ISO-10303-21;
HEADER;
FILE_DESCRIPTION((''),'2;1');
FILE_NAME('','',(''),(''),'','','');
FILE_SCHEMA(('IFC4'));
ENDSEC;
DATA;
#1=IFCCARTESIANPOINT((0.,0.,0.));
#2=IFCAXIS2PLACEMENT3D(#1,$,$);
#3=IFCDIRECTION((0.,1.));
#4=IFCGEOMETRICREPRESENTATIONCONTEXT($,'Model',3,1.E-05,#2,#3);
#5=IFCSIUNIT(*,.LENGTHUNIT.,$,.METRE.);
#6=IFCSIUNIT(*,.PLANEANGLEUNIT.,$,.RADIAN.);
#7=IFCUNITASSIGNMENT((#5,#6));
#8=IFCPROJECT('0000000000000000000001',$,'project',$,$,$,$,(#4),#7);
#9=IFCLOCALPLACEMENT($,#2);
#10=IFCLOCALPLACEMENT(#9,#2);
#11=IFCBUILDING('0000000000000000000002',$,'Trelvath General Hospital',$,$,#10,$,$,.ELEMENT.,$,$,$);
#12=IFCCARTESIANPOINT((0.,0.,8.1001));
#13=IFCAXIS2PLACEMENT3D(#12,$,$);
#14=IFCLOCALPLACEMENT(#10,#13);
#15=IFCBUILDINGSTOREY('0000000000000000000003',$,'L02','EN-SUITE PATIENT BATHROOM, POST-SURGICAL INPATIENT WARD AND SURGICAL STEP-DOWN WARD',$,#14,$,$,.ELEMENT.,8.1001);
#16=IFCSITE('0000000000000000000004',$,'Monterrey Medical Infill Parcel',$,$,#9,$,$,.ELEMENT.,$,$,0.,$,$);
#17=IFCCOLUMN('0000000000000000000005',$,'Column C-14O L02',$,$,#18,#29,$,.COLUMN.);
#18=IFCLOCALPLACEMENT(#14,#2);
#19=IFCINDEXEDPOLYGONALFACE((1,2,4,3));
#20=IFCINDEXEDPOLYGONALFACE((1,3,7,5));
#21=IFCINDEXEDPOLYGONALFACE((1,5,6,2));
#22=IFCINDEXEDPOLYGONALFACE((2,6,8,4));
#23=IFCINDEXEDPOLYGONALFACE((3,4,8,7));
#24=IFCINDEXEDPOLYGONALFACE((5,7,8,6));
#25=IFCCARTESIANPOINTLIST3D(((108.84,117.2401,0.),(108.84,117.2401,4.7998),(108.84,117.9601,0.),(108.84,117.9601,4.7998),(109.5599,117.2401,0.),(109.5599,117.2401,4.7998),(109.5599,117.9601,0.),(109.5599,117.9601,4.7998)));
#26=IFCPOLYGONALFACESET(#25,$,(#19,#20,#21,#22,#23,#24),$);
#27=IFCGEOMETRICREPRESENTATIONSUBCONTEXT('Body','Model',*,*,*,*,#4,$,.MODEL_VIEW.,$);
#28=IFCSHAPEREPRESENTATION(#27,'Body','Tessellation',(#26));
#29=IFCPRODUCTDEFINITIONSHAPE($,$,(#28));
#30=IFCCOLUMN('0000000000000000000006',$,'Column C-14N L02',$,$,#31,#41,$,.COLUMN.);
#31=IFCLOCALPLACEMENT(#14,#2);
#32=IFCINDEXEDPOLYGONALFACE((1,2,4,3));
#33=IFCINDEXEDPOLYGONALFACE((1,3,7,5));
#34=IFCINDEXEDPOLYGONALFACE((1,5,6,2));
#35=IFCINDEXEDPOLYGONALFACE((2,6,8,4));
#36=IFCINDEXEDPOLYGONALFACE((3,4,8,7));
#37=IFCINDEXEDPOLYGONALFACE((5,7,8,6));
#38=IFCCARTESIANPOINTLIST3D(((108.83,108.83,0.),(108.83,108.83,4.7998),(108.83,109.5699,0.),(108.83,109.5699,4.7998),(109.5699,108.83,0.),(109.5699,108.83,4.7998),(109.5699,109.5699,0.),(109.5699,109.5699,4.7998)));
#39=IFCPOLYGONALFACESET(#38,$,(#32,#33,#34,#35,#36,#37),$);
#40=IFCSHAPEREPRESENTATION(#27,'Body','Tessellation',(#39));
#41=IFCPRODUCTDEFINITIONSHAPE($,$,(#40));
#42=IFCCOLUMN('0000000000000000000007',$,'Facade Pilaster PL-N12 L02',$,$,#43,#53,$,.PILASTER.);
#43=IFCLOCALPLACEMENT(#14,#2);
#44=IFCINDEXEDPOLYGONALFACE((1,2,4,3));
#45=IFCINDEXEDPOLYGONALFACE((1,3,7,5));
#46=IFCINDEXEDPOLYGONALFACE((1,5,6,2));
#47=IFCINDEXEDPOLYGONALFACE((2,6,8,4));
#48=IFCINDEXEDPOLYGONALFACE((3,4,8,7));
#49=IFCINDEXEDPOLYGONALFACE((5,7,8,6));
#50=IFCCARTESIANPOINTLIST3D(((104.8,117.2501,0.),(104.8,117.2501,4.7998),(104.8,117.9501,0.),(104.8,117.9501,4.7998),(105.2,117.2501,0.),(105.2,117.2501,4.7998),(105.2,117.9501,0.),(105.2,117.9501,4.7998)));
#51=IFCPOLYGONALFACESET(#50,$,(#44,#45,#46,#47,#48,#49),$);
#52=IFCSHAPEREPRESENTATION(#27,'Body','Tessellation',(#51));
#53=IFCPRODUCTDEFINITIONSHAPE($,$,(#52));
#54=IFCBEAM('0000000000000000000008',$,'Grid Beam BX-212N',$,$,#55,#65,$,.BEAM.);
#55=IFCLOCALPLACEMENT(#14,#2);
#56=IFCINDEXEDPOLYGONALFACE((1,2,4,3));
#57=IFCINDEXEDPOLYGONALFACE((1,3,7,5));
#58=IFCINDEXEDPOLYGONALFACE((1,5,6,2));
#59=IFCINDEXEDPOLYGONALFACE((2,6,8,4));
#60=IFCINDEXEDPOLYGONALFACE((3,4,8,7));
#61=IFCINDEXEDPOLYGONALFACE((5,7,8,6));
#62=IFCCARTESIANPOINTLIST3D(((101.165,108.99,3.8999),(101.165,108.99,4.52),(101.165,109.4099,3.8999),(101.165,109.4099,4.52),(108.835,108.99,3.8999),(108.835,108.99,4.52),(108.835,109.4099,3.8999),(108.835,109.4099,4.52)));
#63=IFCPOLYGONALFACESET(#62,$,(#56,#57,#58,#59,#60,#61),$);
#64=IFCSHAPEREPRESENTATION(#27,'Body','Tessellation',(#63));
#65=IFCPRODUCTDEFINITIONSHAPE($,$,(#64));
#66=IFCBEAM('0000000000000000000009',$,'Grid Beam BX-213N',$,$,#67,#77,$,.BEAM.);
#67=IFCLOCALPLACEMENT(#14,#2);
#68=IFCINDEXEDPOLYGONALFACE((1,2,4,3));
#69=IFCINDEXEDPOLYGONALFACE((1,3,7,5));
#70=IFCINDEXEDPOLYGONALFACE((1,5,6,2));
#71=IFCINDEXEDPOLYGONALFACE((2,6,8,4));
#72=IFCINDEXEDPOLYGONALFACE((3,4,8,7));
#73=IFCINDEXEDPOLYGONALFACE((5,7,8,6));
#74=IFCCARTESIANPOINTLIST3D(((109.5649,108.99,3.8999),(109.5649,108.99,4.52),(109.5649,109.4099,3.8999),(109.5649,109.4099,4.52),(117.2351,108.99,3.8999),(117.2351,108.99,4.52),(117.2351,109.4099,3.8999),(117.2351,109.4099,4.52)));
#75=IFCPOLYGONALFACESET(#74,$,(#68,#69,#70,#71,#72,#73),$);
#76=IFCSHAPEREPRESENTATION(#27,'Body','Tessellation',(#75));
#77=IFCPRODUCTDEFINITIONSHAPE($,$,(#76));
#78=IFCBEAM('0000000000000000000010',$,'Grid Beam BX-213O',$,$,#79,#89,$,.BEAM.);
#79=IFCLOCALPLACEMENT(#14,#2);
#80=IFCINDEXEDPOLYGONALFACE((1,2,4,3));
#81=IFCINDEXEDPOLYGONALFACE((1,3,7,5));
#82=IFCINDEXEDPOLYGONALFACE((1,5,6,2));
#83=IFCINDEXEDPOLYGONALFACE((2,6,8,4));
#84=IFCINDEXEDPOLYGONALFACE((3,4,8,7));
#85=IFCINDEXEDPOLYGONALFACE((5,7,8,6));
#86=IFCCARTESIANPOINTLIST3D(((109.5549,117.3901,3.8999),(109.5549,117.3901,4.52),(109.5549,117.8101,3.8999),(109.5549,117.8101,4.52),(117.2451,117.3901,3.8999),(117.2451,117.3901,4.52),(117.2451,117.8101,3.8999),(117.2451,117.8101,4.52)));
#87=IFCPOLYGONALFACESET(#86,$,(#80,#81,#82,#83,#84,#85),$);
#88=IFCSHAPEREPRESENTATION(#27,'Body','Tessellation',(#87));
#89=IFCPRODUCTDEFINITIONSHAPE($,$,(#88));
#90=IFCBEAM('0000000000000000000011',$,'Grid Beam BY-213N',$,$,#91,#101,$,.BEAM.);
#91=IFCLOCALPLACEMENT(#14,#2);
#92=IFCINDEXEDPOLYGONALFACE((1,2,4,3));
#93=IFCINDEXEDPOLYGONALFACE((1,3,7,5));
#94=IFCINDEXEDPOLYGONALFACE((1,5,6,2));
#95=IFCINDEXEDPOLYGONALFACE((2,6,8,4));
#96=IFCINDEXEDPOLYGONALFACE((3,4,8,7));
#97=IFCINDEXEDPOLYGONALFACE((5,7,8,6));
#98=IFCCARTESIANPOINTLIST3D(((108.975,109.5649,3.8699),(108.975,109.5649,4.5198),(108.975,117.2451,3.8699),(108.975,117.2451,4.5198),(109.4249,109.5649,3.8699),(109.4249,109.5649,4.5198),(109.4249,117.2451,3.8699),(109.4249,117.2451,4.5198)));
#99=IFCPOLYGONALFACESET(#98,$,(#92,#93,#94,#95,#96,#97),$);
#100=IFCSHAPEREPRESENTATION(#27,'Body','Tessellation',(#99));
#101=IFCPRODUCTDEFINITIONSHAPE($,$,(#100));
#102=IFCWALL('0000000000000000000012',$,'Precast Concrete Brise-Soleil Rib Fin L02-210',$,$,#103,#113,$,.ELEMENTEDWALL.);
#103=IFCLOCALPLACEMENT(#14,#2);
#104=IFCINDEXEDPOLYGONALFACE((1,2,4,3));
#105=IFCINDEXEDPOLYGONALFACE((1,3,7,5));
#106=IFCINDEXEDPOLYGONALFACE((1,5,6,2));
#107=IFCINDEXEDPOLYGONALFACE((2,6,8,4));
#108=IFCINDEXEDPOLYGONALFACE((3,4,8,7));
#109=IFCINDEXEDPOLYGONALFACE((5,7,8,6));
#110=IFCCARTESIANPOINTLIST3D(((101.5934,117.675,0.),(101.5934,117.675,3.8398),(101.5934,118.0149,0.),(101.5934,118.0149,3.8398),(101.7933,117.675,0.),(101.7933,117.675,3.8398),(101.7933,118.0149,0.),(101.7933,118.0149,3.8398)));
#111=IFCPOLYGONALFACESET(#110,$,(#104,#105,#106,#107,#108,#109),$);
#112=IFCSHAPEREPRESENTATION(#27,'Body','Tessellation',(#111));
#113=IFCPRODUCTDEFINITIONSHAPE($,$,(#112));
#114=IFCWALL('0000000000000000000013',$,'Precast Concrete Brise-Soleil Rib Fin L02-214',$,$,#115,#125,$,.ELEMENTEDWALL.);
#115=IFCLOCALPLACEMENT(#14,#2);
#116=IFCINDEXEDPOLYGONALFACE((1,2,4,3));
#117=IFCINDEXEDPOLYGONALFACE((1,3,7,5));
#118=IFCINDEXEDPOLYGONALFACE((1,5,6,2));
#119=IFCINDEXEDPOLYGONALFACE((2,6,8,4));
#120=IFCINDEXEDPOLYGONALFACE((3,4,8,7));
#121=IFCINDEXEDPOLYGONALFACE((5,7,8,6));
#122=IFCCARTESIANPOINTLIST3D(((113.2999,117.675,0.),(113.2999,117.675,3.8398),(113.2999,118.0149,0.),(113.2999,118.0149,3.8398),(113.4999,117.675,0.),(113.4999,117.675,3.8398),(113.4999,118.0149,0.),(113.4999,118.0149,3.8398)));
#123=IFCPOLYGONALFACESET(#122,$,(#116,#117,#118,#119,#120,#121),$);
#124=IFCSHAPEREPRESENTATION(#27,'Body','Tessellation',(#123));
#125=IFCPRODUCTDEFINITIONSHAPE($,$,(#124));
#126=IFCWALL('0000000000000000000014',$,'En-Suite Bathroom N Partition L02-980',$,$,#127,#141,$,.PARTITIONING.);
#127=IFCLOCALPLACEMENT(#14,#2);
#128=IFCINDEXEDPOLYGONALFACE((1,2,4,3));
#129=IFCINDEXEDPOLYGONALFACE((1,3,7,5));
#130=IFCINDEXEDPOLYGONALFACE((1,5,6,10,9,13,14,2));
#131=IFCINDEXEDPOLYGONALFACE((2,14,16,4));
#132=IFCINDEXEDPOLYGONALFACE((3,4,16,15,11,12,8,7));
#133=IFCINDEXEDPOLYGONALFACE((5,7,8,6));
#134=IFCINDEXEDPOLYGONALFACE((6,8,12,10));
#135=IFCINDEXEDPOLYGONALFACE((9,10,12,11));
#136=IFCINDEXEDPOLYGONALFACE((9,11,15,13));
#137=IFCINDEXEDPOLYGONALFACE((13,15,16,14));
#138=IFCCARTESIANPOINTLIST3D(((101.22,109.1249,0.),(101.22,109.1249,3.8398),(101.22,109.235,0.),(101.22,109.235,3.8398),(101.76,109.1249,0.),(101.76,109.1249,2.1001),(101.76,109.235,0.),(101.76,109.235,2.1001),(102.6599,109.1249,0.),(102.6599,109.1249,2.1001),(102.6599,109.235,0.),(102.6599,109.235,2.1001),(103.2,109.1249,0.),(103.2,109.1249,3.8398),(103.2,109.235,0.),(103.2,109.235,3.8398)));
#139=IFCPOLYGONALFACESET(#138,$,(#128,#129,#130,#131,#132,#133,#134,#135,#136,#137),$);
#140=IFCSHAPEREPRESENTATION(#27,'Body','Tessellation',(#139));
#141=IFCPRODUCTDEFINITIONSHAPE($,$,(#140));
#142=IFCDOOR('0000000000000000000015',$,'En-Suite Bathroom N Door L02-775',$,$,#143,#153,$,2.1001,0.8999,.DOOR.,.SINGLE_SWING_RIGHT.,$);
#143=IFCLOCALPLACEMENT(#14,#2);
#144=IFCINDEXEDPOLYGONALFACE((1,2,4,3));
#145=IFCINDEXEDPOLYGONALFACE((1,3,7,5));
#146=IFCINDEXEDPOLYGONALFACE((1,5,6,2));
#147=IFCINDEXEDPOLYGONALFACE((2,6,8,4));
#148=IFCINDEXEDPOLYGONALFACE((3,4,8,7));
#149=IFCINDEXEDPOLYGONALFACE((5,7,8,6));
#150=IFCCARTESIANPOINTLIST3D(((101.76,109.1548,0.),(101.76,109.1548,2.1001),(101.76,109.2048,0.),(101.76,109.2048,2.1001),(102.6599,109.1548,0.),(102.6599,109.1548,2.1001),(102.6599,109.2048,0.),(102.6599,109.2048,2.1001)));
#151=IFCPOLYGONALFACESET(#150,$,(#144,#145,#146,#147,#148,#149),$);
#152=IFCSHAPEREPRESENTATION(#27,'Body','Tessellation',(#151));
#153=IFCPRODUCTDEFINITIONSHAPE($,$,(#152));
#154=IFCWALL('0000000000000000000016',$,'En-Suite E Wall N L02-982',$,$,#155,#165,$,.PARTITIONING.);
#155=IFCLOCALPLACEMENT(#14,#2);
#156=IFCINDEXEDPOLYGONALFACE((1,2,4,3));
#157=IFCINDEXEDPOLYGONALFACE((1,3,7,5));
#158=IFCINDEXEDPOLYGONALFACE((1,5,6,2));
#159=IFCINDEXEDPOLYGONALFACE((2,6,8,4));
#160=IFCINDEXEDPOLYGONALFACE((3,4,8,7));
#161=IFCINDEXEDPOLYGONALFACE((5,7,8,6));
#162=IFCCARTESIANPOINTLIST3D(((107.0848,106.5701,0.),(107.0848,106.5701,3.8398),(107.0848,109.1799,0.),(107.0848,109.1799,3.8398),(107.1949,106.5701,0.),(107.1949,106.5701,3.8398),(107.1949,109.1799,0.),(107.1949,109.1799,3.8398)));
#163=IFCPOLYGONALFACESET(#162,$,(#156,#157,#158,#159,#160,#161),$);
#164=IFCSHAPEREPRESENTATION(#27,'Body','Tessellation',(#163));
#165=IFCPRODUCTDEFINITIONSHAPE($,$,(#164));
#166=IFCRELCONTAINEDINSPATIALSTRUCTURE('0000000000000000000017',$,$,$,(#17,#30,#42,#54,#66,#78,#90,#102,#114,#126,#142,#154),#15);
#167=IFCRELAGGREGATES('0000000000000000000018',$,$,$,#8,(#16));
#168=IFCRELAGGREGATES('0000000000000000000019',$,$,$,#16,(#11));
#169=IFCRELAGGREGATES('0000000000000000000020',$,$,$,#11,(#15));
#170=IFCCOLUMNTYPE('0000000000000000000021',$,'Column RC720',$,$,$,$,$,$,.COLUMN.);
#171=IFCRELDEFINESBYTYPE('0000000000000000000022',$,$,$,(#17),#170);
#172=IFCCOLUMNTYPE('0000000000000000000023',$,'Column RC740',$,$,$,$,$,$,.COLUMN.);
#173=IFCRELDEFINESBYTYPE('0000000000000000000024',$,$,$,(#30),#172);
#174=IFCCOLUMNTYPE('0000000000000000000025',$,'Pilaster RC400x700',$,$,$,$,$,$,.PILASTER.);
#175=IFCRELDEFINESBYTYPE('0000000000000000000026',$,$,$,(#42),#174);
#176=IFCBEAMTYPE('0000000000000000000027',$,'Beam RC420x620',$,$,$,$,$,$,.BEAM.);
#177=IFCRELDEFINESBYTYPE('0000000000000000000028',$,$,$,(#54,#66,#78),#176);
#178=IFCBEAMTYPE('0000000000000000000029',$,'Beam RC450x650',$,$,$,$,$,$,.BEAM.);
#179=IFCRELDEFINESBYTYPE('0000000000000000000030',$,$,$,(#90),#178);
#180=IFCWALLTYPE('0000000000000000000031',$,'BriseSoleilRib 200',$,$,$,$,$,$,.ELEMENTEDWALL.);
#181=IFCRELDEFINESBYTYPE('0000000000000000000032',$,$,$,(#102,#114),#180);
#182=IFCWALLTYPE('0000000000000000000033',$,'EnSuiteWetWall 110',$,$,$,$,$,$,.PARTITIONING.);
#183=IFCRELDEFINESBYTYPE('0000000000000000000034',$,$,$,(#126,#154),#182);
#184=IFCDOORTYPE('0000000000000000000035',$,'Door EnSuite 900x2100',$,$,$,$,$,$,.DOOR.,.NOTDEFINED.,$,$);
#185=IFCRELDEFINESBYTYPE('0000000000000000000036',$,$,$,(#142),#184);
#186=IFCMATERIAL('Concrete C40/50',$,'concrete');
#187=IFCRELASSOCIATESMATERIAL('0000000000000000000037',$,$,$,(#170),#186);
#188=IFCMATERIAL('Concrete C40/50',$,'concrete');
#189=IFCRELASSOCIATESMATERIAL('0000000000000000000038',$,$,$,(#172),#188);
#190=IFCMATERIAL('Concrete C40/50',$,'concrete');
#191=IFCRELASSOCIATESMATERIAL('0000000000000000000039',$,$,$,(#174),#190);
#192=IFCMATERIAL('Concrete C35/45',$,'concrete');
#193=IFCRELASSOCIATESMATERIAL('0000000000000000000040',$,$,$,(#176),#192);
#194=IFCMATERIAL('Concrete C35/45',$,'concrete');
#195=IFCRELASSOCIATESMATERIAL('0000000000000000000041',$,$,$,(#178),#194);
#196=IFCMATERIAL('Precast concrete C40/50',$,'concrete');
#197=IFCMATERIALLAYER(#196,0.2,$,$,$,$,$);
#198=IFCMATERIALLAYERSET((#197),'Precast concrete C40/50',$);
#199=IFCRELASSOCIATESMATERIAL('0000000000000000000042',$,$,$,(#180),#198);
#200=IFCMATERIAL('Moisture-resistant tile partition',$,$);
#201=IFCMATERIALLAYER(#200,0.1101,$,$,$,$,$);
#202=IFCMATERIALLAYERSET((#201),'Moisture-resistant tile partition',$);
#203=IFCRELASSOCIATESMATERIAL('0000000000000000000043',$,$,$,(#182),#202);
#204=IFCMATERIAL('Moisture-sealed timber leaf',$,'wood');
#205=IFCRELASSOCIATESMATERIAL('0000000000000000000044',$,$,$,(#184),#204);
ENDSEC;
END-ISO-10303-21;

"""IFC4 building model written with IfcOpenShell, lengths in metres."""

from ifc_helpers import new_model, si_unit, direction, frame, frame_2d, origin, origin_2d, place, context, subcontext, project, spatial, rectangle, extrude, material, layer, layer_set, material_profile, profile_set, type_object, element, fill, save


model = new_model("IFC4")

# Units and contexts
model_context = context("Model", 3, precision=1e-05, world=origin(), true_north=direction((0.0, 1.0)))
body_context = subcontext(model_context, "Body", "Model", "MODEL_VIEW")
ifc_project = project(units=[si_unit("LENGTHUNIT", "METRE"), si_unit("PLANEANGLEUNIT", "RADIAN")], contexts=[model_context])

# Site, building, storey
site_placement = place(None, origin())
site = spatial("IfcSite", under=ifc_project, at=site_placement, Name="Monterrey Medical Infill Parcel", CompositionType="ELEMENT", RefElevation=0.0)
building_placement = place(site_placement, origin())
building = spatial("IfcBuilding", under=site, at=building_placement, Name="Trelvath General Hospital", CompositionType="ELEMENT")
storey_placement = place(building_placement, frame((0.0, 0.0, 8.1001)))
storey = spatial("IfcBuildingStorey", under=building, at=storey_placement, Name="L02", Description="EN-SUITE PATIENT BATHROOM, POST-SURGICAL INPATIENT WARD AND SURGICAL STEP-DOWN WARD", CompositionType="ELEMENT", Elevation=8.1001)

# Columns
ifc_material_1 = material(Name="Concrete C40/50", Category="concrete")
ifc_material_profile_1 = material_profile(ifc_material_1, rectangle(XDim=0.72, YDim=0.72, at=origin_2d()), Name="RC720x720")
ifc_profile_set_1 = profile_set([ifc_material_profile_1], Name="Concrete C40/50")
column_type_1 = type_object("IfcColumnType", Name="Column RC720", PredefinedType="COLUMN", material=ifc_profile_set_1)
column_1_placement = place(storey_placement, frame((109.2, 117.6001, 0.0), z_axis=(0.0, 0.0, 1.0), x_axis=(1.0, 0.0, 0.0)))
element("IfcColumn", 1, at=column_1_placement, inside=storey, type_object=column_type_1, Name="Column C-14O L02", PredefinedType="COLUMN", context=body_context, shape_type="SweptSolid", body=[
    extrude(rectangle(XDim=0.72, YDim=0.72, at=origin_2d()), origin(), (0.0, 0.0, 1.0), 4.7998),
])
ifc_material_2 = material(Name="Concrete C40/50", Category="concrete")
ifc_material_profile_2 = material_profile(ifc_material_2, rectangle(XDim=0.74, YDim=0.74, at=origin_2d()), Name="RC740x740")
ifc_profile_set_2 = profile_set([ifc_material_profile_2], Name="Concrete C40/50")
column_type_2 = type_object("IfcColumnType", Name="Column RC740", PredefinedType="COLUMN", material=ifc_profile_set_2)
column_2_placement = place(storey_placement, frame((109.2, 109.2, 0.0), z_axis=(0.0, 0.0, 1.0), x_axis=(1.0, 0.0, 0.0)))
element("IfcColumn", 2, at=column_2_placement, inside=storey, type_object=column_type_2, Name="Column C-14N L02", PredefinedType="COLUMN", context=body_context, shape_type="SweptSolid", body=[
    extrude(rectangle(XDim=0.74, YDim=0.74, at=origin_2d()), origin(), (0.0, 0.0, 1.0), 4.7998),
])
ifc_material_3 = material(Name="Concrete C40/50", Category="concrete")
ifc_material_profile_3 = material_profile(ifc_material_3, rectangle(XDim=0.3999, YDim=0.7, at=origin_2d()), Name="RC400x700")
ifc_profile_set_3 = profile_set([ifc_material_profile_3], Name="Concrete C40/50")
column_type_3 = type_object("IfcColumnType", Name="Pilaster RC400x700", PredefinedType="PILASTER", material=ifc_profile_set_3)
column_3_placement = place(storey_placement, frame((105.0, 117.6001, 0.0), z_axis=(0.0, 0.0, 1.0), x_axis=(1.0, 0.0, 0.0)))
element("IfcColumn", 3, at=column_3_placement, inside=storey, type_object=column_type_3, Name="Facade Pilaster PL-N12 L02", PredefinedType="PILASTER", context=body_context, shape_type="SweptSolid", body=[
    extrude(rectangle(XDim=0.3999, YDim=0.7, at=origin_2d()), origin(), (0.0, 0.0, 1.0), 4.7998),
])

# Beams
ifc_material_4 = material(Name="Concrete C35/45", Category="concrete")
ifc_material_profile_4 = material_profile(ifc_material_4, rectangle(XDim=0.4199, YDim=0.6201, at=origin_2d()), Name="RCB420x620")
ifc_profile_set_4 = profile_set([ifc_material_profile_4], Name="Concrete C35/45")
beam_type_1 = type_object("IfcBeamType", Name="Beam RC420x620", PredefinedType="BEAM", material=ifc_profile_set_4)
beam_1_placement = place(storey_placement, frame((101.165, 109.2, 4.21), z_axis=(1.0, 0.0, 0.0), x_axis=(0.0, 1.0, 0.0)))
element("IfcBeam", 4, at=beam_1_placement, inside=storey, type_object=beam_type_1, Name="Grid Beam BX-212N", PredefinedType="BEAM", context=body_context, shape_type="SweptSolid", body=[
    extrude(rectangle(XDim=0.4199, YDim=0.6201, at=origin_2d()), origin(), (0.0, 0.0, 1.0), 7.6699),
])
beam_2_placement = place(storey_placement, frame((109.5649, 109.2, 4.21), z_axis=(1.0, 0.0, 0.0), x_axis=(0.0, 1.0, 0.0)))
element("IfcBeam", 5, at=beam_2_placement, inside=storey, type_object=beam_type_1, Name="Grid Beam BX-213N", PredefinedType="BEAM", context=body_context, shape_type="SweptSolid", body=[
    extrude(rectangle(XDim=0.4199, YDim=0.6201, at=origin_2d()), origin(), (0.0, 0.0, 1.0), 7.6702),
])
beam_3_placement = place(storey_placement, frame((109.5549, 117.6001, 4.21), z_axis=(1.0, 0.0, 0.0), x_axis=(0.0, 1.0, 0.0)))
element("IfcBeam", 6, at=beam_3_placement, inside=storey, type_object=beam_type_1, Name="Grid Beam BX-213O", PredefinedType="BEAM", context=body_context, shape_type="SweptSolid", body=[
    extrude(rectangle(XDim=0.4199, YDim=0.6201, at=origin_2d()), origin(), (0.0, 0.0, 1.0), 7.6902),
])
ifc_material_5 = material(Name="Concrete C35/45", Category="concrete")
ifc_material_profile_5 = material_profile(ifc_material_5, rectangle(XDim=0.45, YDim=0.6499, at=origin_2d()), Name="RCB450x650")
ifc_profile_set_5 = profile_set([ifc_material_profile_5], Name="Concrete C35/45")
beam_type_2 = type_object("IfcBeamType", Name="Beam RC450x650", PredefinedType="BEAM", material=ifc_profile_set_5)
beam_4_placement = place(storey_placement, frame((109.2, 109.5649, 4.1948), z_axis=(0.0, 1.0, 0.0), x_axis=(-1.0, 0.0, 0.0)))
element("IfcBeam", 7, at=beam_4_placement, inside=storey, type_object=beam_type_2, Name="Grid Beam BY-213N", PredefinedType="BEAM", context=body_context, shape_type="SweptSolid", body=[
    extrude(rectangle(XDim=0.45, YDim=0.6499, at=origin_2d()), origin(), (0.0, 0.0, 1.0), 7.6802),
])

# Walls
ifc_material_6 = material(Name="Precast concrete C40/50", Category="concrete")
ifc_layer_1 = layer(ifc_material_6, 0.2)
ifc_layer_set_1 = layer_set([ifc_layer_1], Name="Precast concrete C40/50")
wall_type_1 = type_object("IfcWallType", Name="BriseSoleilRib 200", PredefinedType="ELEMENTEDWALL", material=ifc_layer_set_1)
for number, where, z_axis, x_axis, name in (
    (8, (101.6934, 117.675, 0.0), (0.0, 0.0, 1.0), (0.0, 1.0, 0.0), "Precast Concrete Brise-Soleil Rib Fin L02-210"),
    (9, (113.3999, 117.675, 0.0), (0.0, 0.0, 1.0), (0.0, 1.0, 0.0), "Precast Concrete Brise-Soleil Rib Fin L02-214"),
):
    element("IfcWall", number, at=place(storey_placement, frame(where, z_axis=z_axis, x_axis=x_axis)), inside=storey, type_object=wall_type_1, Name=name, PredefinedType="ELEMENTEDWALL", context=body_context, shape_type="SweptSolid", body=[
        extrude(rectangle(XDim=0.3398, YDim=0.2, at=frame_2d((0.1699, 0.0))), origin(), (0.0, 0.0, 1.0), 3.8398),
    ])

# Wall, opening, door
ifc_material_7 = material(Name="Moisture-resistant tile partition")
ifc_layer_2 = layer(ifc_material_7, 0.1101)
ifc_layer_set_2 = layer_set([ifc_layer_2], Name="Moisture-resistant tile partition")
wall_type_2 = type_object("IfcWallType", Name="EnSuiteWetWall 110", PredefinedType="PARTITIONING", material=ifc_layer_set_2)
wall_1_placement = place(storey_placement, frame((101.22, 109.1799, 0.0), z_axis=(0.0, 0.0, 1.0), x_axis=(1.0, 0.0, 0.0)))
wall_1 = element("IfcWall", 10, at=wall_1_placement, inside=storey, type_object=wall_type_2, Name="En-Suite Bathroom N Partition L02-980", PredefinedType="PARTITIONING", context=body_context, shape_type="SweptSolid", body=[
    extrude(rectangle(XDim=1.98, YDim=0.1101, at=frame_2d((0.99, 0.0))), origin(), (0.0, 0.0, 1.0), 3.8398),
])
opening_1_placement = place(wall_1_placement, frame((0.54, 0.0, 0.0)))
opening_1 = element("IfcOpeningElement", 11, at=opening_1_placement, cuts=wall_1, PredefinedType="OPENING", context=body_context, shape_type="SweptSolid", body=[
    extrude(rectangle(XDim=0.8999, YDim=2.1001, at=frame_2d((0.45, 1.05))), frame((0.0, 0.0649, 0.0), z_axis=(0.0, -1.0, 0.0), x_axis=(1.0, 0.0, 0.0)), (0.0, 0.0, 1.0), 0.1301),
])
ifc_material_8 = material(Name="Moisture-sealed timber leaf", Category="wood")
door_type = type_object("IfcDoorType", Name="Door EnSuite 900x2100", OperationType="NOTDEFINED", PredefinedType="DOOR", material=ifc_material_8)
door_1_placement = place(opening_1_placement, origin())
door_1 = element("IfcDoor", 12, at=door_1_placement, inside=storey, type_object=door_type, Name="En-Suite Bathroom N Door L02-775", OperationType="SINGLE_SWING_RIGHT", OverallHeight=2.1001, OverallWidth=0.8999, PredefinedType="DOOR", context=body_context, shape_type="SweptSolid", body=[
    extrude(rectangle(XDim=0.8999, YDim=2.1001, at=frame_2d((0.45, 1.05))), frame((0.0, 0.0249, 0.0), z_axis=(0.0, -1.0, 0.0), x_axis=(1.0, 0.0, 0.0)), (0.0, 0.0, 1.0), 0.05),
])
fill(opening_1, door_1)

# Wall
wall_2_placement = place(storey_placement, frame((107.1399, 106.5701, 0.0), z_axis=(0.0, 0.0, 1.0), x_axis=(0.0, 1.0, 0.0)))
element("IfcWall", 13, at=wall_2_placement, inside=storey, type_object=wall_type_2, Name="En-Suite E Wall N L02-982", PredefinedType="PARTITIONING", context=body_context, shape_type="SweptSolid", body=[
    extrude(rectangle(XDim=2.6099, YDim=0.1101, at=frame_2d((1.3049, 0.0))), origin(), (0.0, 0.0, 1.0), 3.8398),
])

save(model, "model.ifc")
